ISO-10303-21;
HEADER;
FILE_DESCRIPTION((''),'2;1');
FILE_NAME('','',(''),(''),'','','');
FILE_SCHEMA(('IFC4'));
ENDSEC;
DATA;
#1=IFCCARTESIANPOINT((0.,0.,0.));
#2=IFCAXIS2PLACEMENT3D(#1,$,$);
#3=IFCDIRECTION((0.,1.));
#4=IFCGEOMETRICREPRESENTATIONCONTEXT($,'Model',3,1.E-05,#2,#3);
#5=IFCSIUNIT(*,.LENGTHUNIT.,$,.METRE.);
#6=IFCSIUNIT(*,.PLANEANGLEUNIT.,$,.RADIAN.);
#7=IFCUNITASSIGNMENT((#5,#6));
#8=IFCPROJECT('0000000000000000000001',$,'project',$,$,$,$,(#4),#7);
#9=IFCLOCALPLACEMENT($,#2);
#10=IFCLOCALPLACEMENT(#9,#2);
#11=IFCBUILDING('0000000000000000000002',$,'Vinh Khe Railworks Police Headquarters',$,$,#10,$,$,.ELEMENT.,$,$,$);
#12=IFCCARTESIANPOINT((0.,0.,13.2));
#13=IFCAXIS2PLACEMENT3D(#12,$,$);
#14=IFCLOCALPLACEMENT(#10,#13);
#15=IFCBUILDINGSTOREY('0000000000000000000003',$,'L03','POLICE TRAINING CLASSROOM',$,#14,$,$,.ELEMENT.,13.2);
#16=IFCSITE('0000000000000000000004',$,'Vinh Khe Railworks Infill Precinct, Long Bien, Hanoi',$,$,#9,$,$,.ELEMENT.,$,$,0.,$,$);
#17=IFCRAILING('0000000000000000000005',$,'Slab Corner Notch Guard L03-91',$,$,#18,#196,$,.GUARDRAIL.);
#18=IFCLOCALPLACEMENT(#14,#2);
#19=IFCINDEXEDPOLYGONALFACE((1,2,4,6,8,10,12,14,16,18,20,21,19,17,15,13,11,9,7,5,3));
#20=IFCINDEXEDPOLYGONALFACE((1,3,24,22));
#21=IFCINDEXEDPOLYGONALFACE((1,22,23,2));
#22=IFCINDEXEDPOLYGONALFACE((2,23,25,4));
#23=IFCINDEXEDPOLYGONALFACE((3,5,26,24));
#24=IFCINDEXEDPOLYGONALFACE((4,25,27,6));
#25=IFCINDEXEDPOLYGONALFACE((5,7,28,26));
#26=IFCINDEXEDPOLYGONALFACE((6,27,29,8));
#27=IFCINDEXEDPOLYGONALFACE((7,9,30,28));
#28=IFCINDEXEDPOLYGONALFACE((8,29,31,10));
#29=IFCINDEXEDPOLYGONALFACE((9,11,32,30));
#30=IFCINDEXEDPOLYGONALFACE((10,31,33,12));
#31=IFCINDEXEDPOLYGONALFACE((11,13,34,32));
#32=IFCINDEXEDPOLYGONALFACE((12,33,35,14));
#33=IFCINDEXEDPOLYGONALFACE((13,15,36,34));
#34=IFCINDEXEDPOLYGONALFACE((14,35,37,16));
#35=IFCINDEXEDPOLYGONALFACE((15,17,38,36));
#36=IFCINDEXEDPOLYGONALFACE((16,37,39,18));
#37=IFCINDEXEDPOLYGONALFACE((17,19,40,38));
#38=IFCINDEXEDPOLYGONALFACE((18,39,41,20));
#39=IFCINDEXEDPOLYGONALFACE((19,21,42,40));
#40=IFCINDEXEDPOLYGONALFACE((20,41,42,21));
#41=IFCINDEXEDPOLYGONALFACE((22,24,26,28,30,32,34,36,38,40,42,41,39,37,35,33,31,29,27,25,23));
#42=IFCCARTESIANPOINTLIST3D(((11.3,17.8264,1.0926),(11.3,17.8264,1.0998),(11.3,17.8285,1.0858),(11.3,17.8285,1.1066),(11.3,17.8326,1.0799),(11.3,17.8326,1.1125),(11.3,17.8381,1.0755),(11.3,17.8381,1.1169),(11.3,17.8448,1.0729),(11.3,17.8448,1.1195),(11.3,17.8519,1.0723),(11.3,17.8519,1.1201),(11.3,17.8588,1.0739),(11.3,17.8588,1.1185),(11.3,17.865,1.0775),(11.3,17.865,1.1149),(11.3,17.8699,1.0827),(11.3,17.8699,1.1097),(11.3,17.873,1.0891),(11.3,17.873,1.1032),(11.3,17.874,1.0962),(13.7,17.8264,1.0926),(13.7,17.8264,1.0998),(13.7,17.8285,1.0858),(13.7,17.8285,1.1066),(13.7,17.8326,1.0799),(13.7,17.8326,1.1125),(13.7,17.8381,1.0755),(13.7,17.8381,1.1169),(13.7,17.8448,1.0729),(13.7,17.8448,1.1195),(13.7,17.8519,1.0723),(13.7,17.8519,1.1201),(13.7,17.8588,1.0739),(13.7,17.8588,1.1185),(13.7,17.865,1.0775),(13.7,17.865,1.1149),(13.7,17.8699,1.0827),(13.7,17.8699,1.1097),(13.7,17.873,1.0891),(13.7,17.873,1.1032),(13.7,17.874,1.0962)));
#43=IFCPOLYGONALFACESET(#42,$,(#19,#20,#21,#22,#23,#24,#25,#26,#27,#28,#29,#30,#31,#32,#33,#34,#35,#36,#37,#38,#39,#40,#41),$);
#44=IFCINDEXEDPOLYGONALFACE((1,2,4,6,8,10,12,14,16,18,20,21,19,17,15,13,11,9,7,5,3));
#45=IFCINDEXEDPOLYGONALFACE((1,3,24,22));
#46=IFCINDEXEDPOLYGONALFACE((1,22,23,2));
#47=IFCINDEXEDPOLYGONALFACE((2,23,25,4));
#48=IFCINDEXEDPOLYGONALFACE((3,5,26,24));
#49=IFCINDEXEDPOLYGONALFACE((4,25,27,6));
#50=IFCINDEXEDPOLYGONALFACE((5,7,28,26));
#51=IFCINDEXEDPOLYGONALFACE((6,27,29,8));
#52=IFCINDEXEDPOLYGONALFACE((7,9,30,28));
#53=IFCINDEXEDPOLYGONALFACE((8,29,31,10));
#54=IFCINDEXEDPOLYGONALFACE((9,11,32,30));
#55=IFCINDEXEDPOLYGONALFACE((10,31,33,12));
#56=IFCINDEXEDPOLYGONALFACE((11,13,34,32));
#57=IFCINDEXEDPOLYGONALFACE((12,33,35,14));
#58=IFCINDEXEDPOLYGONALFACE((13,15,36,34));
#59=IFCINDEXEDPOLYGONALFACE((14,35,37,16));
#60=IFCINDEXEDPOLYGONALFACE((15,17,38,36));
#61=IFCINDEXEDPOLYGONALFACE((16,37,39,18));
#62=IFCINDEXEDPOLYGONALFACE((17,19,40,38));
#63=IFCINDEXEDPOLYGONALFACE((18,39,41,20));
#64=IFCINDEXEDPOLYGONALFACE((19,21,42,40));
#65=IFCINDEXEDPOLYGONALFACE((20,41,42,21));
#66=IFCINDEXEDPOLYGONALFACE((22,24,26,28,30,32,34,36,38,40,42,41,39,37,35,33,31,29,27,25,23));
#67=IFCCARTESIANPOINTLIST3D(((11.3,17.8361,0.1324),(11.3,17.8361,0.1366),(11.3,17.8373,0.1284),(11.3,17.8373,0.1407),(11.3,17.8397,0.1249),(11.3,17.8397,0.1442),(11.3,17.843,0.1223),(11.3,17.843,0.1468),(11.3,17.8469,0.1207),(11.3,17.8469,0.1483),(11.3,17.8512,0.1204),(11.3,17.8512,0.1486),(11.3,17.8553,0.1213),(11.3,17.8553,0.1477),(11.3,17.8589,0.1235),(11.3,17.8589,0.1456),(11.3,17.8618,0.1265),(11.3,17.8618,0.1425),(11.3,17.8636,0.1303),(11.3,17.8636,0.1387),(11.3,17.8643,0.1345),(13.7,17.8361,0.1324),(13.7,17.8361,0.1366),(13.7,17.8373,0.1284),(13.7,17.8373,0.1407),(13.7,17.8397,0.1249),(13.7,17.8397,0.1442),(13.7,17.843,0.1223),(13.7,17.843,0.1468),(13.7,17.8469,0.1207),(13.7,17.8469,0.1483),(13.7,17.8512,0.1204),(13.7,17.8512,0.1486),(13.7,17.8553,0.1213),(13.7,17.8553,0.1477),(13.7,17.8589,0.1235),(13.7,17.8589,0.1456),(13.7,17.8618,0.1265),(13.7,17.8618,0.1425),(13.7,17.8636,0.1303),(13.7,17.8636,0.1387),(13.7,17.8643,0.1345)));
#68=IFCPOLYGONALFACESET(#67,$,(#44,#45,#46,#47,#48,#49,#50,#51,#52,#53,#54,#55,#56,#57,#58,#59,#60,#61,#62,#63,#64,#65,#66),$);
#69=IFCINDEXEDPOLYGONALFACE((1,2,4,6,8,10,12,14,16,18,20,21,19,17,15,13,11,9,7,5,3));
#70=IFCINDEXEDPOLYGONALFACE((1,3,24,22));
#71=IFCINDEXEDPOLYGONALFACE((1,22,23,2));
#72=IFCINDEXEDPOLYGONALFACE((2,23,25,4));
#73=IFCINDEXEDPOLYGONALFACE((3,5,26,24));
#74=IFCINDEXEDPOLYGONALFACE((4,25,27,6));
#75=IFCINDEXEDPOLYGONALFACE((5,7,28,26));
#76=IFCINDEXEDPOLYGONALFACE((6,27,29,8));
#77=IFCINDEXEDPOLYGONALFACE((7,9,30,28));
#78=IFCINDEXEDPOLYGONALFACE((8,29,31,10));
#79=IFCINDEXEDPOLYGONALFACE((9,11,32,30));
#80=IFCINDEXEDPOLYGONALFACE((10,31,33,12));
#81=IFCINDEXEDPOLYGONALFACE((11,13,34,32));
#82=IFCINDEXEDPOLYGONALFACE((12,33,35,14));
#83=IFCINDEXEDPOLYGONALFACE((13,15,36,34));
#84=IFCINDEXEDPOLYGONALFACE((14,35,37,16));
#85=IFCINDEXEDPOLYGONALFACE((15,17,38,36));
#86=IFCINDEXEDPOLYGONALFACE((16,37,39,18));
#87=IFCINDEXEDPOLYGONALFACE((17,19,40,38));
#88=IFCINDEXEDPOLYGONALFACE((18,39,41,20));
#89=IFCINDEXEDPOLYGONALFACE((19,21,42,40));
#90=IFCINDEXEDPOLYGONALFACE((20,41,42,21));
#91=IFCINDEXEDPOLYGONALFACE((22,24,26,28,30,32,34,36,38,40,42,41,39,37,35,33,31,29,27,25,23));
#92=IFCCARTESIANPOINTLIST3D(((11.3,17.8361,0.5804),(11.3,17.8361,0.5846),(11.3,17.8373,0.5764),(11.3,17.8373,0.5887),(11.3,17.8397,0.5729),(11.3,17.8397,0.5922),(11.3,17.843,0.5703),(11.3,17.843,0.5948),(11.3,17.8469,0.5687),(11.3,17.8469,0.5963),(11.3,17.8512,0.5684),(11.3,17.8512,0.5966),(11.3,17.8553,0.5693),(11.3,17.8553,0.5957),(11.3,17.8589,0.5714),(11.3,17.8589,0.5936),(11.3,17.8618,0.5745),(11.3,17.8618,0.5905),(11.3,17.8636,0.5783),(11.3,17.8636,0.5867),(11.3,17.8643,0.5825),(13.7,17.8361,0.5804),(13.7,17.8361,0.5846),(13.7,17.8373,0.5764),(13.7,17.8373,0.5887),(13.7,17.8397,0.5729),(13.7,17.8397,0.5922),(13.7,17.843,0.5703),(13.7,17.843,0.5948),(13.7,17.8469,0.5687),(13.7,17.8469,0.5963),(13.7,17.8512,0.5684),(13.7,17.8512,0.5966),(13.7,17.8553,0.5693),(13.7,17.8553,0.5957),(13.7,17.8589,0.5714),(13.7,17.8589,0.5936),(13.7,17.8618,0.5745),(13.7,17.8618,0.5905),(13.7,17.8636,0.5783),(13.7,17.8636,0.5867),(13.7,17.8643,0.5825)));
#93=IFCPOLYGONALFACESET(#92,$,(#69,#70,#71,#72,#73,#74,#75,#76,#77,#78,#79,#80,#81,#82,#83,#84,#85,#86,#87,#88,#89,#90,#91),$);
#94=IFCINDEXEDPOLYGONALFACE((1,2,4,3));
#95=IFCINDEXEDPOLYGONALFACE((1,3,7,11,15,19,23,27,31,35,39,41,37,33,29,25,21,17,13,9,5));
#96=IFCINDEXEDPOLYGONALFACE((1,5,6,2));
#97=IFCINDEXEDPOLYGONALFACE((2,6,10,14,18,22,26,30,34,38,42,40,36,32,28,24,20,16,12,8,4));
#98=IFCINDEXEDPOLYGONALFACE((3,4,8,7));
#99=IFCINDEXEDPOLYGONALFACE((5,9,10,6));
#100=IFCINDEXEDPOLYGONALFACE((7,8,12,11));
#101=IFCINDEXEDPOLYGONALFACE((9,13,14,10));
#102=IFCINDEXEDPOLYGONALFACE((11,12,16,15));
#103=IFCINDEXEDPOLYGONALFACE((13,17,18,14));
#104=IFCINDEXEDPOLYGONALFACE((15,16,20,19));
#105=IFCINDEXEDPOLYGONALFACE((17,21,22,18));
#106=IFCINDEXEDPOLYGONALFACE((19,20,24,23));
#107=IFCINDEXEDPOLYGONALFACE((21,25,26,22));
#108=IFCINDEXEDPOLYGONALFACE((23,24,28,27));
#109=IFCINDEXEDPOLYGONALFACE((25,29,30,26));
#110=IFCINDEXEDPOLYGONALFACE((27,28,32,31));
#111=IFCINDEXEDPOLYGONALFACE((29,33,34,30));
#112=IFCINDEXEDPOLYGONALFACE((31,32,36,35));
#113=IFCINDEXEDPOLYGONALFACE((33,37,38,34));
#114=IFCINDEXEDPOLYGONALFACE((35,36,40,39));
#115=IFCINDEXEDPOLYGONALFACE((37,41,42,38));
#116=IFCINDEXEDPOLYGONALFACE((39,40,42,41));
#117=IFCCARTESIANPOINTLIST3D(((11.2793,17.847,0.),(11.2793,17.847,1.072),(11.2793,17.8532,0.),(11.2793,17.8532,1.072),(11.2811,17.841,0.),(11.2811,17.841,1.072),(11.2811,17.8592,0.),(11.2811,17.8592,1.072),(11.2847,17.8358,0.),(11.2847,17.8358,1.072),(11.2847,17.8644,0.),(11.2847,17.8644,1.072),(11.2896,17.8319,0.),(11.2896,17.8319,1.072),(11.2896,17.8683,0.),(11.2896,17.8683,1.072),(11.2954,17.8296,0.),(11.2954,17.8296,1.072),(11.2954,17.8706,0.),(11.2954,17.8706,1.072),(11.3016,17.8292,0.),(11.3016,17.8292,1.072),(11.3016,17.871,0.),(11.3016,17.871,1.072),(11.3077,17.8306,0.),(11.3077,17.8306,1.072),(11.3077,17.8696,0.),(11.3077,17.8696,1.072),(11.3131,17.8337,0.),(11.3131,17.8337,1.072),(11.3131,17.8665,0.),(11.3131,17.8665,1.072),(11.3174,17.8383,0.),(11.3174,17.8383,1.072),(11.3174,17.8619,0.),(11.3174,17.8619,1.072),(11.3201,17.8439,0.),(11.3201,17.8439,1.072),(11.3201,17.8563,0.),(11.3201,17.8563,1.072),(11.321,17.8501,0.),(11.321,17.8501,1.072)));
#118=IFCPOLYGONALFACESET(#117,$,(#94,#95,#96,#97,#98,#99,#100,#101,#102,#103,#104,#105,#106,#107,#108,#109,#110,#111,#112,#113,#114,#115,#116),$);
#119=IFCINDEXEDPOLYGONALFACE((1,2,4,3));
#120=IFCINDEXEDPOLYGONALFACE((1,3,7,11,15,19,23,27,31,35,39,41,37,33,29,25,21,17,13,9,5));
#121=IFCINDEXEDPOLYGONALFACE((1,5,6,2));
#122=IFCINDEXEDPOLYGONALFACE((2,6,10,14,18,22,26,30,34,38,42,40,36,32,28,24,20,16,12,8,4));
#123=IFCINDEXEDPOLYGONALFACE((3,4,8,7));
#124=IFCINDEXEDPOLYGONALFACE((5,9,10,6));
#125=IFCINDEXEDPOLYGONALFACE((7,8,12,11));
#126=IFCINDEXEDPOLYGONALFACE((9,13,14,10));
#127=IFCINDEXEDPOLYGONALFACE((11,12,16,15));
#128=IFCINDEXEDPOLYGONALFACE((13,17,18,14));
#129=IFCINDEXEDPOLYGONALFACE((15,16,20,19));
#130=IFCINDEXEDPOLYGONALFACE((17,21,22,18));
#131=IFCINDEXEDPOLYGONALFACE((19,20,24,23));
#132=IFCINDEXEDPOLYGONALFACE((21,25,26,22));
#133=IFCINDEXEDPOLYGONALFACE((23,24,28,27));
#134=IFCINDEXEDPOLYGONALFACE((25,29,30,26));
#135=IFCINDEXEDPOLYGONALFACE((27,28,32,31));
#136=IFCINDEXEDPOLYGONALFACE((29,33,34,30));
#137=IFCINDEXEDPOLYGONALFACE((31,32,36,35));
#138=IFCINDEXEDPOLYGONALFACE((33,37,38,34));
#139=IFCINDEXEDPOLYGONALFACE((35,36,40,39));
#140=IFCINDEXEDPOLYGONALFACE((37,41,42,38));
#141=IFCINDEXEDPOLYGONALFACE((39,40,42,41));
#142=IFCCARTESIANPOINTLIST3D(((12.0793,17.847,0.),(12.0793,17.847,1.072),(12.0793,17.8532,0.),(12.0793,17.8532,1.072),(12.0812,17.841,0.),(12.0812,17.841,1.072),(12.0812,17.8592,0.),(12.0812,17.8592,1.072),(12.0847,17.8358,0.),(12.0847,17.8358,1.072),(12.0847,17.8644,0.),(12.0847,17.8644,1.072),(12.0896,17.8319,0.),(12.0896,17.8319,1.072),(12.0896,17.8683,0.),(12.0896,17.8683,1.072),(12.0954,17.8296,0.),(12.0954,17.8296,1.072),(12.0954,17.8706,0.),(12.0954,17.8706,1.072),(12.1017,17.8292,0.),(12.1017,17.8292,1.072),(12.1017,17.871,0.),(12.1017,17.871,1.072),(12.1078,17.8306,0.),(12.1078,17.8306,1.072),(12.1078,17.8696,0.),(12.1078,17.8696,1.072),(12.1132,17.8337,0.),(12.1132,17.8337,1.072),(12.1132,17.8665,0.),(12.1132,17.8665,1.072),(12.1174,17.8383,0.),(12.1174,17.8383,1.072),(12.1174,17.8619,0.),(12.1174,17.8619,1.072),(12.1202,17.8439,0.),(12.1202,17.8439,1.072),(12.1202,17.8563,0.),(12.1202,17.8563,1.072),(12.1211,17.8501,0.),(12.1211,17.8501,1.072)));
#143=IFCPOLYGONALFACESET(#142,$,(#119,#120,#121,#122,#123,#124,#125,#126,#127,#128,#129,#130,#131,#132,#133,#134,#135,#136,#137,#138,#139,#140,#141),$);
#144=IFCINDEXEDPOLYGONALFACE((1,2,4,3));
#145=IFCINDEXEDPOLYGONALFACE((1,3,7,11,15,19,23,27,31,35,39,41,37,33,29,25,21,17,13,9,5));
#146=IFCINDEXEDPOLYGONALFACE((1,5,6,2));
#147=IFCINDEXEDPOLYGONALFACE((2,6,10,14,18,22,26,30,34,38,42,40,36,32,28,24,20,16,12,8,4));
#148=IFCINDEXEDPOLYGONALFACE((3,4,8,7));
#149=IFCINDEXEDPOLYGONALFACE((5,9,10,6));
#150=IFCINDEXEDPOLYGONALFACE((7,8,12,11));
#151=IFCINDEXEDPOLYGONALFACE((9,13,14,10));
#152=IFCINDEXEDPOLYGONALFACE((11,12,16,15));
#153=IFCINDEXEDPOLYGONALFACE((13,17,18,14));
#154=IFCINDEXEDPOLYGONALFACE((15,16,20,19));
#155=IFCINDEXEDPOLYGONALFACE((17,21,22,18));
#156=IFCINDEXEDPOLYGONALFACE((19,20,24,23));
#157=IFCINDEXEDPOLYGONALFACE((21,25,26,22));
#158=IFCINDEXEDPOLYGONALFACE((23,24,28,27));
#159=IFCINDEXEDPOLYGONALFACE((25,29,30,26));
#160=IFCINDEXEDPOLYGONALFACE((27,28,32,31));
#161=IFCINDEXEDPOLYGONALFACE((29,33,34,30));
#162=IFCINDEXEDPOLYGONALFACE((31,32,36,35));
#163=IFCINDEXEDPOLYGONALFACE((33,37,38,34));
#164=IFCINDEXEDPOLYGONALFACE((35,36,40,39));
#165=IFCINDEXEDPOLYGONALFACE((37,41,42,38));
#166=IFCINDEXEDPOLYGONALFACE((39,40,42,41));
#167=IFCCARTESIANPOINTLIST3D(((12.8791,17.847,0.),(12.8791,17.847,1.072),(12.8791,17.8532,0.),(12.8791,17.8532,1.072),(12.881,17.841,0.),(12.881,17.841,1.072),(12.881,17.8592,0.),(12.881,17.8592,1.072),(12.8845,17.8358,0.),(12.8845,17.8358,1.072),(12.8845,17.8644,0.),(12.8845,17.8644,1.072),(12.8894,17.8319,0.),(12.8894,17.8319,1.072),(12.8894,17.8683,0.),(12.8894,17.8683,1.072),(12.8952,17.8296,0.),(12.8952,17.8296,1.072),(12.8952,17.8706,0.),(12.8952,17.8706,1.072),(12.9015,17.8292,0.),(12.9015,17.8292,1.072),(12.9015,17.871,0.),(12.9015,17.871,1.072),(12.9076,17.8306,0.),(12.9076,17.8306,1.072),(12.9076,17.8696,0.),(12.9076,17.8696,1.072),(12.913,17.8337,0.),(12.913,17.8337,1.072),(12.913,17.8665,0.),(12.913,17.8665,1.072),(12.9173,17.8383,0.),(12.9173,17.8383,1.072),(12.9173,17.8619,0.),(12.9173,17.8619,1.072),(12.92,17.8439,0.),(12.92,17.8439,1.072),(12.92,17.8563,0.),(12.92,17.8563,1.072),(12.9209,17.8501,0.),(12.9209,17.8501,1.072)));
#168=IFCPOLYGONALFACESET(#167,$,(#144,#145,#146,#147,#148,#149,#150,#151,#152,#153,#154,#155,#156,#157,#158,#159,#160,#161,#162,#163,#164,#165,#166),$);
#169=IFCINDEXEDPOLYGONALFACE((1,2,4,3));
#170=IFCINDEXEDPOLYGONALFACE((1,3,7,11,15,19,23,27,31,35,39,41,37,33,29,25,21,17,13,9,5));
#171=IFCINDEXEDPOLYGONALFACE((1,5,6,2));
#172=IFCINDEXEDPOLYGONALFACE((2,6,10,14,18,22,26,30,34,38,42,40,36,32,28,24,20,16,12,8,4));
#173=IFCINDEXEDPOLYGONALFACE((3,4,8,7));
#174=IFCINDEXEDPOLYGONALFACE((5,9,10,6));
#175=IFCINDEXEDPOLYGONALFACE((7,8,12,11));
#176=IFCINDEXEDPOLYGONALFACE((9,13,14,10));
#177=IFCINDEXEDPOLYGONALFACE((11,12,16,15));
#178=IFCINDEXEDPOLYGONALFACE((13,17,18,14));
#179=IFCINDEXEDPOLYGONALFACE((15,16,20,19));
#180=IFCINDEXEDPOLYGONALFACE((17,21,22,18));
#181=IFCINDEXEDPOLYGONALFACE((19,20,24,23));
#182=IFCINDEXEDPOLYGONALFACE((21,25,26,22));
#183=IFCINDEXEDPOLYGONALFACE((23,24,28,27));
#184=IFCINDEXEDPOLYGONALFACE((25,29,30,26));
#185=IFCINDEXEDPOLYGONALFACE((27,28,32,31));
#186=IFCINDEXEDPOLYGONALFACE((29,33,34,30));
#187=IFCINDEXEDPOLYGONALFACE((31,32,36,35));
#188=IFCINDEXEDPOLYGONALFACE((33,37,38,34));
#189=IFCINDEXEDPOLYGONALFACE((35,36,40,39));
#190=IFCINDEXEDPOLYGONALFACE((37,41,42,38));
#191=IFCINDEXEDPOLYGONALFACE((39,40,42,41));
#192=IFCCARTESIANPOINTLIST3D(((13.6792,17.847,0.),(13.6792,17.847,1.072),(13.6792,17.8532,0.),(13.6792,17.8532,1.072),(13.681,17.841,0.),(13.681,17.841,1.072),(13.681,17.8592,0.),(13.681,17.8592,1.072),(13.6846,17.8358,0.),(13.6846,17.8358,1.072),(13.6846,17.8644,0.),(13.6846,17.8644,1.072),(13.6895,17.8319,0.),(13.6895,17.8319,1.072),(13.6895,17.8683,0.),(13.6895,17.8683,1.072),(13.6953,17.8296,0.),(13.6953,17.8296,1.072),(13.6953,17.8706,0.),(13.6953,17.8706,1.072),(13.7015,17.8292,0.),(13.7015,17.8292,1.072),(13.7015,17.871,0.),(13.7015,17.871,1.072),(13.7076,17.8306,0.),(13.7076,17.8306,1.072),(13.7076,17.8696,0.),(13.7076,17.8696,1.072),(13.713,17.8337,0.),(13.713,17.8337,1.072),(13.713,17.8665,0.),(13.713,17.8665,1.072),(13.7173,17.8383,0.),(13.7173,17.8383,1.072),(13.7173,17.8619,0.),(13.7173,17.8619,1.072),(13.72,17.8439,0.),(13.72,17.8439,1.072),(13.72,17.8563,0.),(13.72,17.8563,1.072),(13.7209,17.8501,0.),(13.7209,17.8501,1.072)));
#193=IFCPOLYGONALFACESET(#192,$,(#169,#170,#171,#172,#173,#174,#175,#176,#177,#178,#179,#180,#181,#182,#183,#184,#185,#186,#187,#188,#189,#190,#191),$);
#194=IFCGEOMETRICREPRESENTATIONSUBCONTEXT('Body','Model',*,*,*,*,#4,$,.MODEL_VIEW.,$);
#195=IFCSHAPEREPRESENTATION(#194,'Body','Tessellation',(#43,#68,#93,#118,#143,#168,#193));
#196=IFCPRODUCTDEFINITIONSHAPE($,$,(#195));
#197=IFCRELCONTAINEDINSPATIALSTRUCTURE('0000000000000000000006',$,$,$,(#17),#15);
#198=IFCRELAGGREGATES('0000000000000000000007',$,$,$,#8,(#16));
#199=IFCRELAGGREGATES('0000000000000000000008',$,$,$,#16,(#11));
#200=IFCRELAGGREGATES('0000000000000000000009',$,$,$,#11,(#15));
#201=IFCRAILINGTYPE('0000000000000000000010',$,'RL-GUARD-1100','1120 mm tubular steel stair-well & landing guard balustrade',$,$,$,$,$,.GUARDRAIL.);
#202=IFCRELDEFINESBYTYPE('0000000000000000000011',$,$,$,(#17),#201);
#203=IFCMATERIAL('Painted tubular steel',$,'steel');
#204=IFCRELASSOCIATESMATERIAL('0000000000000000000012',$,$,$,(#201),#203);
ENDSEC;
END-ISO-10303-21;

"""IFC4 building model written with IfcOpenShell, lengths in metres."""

from ifc_helpers import new_model, si_unit, direction, frame, origin, origin_2d, place, context, subcontext, project, spatial, circle, extrude, material, type_object, element, save


model = new_model("IFC4")

# Units and contexts
model_context = context("Model", 3, precision=1e-05, world=origin(), true_north=direction((0.0, 1.0)))
body_context = subcontext(model_context, "Body", "Model", "MODEL_VIEW")
ifc_project = project(units=[si_unit("LENGTHUNIT", "METRE"), si_unit("PLANEANGLEUNIT", "RADIAN")], contexts=[model_context])

# Site, building, storey
site_placement = place(None, origin())
site = spatial("IfcSite", under=ifc_project, at=site_placement, Name="Vinh Khe Railworks Infill Precinct, Long Bien, Hanoi", CompositionType="ELEMENT", RefElevation=0.0)
building_placement = place(site_placement, origin())
building = spatial("IfcBuilding", under=site, at=building_placement, Name="Vinh Khe Railworks Police Headquarters", CompositionType="ELEMENT")
storey_placement = place(building_placement, frame((0.0, 0.0, 13.2)))
storey = spatial("IfcBuildingStorey", under=building, at=storey_placement, Name="L03", Description="POLICE TRAINING CLASSROOM", CompositionType="ELEMENT", Elevation=13.2)

# Railing
ifc_material_1 = material(Name="Painted tubular steel", Category="steel")
railing_type = type_object("IfcRailingType", Name="RL-GUARD-1100", Description="1120 mm tubular steel stair-well & landing guard balustrade", PredefinedType="GUARDRAIL", material=ifc_material_1)
railing_1_placement = place(storey_placement, frame((11.3, 17.8501, 0.0)))
element("IfcRailing", 1, at=railing_1_placement, inside=storey, type_object=railing_type, Name="Slab Corner Notch Guard L03-91", PredefinedType="GUARDRAIL", context=body_context, shape_type="SweptSolid", body=[
    extrude(circle(Radius=0.0239, at=origin_2d()), frame((0.0, 0.0, 1.0962), z_axis=(1.0, 0.0, 0.0), x_axis=(0.0, 1.0, 0.0)), (0.0, 0.0, 1.0), 2.3999),
    extrude(circle(Radius=0.0142, at=origin_2d()), frame((0.0, 0.0, 0.1345), z_axis=(1.0, 0.0, 0.0), x_axis=(0.0, 1.0, 0.0)), (0.0, 0.0, 1.0), 2.3999),
    extrude(circle(Radius=0.0142, at=origin_2d()), frame((0.0, 0.0, 0.5825), z_axis=(1.0, 0.0, 0.0), x_axis=(0.0, 1.0, 0.0)), (0.0, 0.0, 1.0), 2.3999),
    extrude(circle(Radius=0.021, at=origin_2d()), origin(), (0.0, 0.0, 1.0), 1.072),
    extrude(circle(Radius=0.021, at=origin_2d()), frame((0.8, 0.0, 0.0)), (0.0, 0.0, 1.0), 1.072),
    extrude(circle(Radius=0.021, at=origin_2d()), frame((1.5999, 0.0, 0.0)), (0.0, 0.0, 1.0), 1.072),
    extrude(circle(Radius=0.021, at=origin_2d()), frame((2.3999, 0.0, 0.0)), (0.0, 0.0, 1.0), 1.072),
])

save(model, "model.ifc")
